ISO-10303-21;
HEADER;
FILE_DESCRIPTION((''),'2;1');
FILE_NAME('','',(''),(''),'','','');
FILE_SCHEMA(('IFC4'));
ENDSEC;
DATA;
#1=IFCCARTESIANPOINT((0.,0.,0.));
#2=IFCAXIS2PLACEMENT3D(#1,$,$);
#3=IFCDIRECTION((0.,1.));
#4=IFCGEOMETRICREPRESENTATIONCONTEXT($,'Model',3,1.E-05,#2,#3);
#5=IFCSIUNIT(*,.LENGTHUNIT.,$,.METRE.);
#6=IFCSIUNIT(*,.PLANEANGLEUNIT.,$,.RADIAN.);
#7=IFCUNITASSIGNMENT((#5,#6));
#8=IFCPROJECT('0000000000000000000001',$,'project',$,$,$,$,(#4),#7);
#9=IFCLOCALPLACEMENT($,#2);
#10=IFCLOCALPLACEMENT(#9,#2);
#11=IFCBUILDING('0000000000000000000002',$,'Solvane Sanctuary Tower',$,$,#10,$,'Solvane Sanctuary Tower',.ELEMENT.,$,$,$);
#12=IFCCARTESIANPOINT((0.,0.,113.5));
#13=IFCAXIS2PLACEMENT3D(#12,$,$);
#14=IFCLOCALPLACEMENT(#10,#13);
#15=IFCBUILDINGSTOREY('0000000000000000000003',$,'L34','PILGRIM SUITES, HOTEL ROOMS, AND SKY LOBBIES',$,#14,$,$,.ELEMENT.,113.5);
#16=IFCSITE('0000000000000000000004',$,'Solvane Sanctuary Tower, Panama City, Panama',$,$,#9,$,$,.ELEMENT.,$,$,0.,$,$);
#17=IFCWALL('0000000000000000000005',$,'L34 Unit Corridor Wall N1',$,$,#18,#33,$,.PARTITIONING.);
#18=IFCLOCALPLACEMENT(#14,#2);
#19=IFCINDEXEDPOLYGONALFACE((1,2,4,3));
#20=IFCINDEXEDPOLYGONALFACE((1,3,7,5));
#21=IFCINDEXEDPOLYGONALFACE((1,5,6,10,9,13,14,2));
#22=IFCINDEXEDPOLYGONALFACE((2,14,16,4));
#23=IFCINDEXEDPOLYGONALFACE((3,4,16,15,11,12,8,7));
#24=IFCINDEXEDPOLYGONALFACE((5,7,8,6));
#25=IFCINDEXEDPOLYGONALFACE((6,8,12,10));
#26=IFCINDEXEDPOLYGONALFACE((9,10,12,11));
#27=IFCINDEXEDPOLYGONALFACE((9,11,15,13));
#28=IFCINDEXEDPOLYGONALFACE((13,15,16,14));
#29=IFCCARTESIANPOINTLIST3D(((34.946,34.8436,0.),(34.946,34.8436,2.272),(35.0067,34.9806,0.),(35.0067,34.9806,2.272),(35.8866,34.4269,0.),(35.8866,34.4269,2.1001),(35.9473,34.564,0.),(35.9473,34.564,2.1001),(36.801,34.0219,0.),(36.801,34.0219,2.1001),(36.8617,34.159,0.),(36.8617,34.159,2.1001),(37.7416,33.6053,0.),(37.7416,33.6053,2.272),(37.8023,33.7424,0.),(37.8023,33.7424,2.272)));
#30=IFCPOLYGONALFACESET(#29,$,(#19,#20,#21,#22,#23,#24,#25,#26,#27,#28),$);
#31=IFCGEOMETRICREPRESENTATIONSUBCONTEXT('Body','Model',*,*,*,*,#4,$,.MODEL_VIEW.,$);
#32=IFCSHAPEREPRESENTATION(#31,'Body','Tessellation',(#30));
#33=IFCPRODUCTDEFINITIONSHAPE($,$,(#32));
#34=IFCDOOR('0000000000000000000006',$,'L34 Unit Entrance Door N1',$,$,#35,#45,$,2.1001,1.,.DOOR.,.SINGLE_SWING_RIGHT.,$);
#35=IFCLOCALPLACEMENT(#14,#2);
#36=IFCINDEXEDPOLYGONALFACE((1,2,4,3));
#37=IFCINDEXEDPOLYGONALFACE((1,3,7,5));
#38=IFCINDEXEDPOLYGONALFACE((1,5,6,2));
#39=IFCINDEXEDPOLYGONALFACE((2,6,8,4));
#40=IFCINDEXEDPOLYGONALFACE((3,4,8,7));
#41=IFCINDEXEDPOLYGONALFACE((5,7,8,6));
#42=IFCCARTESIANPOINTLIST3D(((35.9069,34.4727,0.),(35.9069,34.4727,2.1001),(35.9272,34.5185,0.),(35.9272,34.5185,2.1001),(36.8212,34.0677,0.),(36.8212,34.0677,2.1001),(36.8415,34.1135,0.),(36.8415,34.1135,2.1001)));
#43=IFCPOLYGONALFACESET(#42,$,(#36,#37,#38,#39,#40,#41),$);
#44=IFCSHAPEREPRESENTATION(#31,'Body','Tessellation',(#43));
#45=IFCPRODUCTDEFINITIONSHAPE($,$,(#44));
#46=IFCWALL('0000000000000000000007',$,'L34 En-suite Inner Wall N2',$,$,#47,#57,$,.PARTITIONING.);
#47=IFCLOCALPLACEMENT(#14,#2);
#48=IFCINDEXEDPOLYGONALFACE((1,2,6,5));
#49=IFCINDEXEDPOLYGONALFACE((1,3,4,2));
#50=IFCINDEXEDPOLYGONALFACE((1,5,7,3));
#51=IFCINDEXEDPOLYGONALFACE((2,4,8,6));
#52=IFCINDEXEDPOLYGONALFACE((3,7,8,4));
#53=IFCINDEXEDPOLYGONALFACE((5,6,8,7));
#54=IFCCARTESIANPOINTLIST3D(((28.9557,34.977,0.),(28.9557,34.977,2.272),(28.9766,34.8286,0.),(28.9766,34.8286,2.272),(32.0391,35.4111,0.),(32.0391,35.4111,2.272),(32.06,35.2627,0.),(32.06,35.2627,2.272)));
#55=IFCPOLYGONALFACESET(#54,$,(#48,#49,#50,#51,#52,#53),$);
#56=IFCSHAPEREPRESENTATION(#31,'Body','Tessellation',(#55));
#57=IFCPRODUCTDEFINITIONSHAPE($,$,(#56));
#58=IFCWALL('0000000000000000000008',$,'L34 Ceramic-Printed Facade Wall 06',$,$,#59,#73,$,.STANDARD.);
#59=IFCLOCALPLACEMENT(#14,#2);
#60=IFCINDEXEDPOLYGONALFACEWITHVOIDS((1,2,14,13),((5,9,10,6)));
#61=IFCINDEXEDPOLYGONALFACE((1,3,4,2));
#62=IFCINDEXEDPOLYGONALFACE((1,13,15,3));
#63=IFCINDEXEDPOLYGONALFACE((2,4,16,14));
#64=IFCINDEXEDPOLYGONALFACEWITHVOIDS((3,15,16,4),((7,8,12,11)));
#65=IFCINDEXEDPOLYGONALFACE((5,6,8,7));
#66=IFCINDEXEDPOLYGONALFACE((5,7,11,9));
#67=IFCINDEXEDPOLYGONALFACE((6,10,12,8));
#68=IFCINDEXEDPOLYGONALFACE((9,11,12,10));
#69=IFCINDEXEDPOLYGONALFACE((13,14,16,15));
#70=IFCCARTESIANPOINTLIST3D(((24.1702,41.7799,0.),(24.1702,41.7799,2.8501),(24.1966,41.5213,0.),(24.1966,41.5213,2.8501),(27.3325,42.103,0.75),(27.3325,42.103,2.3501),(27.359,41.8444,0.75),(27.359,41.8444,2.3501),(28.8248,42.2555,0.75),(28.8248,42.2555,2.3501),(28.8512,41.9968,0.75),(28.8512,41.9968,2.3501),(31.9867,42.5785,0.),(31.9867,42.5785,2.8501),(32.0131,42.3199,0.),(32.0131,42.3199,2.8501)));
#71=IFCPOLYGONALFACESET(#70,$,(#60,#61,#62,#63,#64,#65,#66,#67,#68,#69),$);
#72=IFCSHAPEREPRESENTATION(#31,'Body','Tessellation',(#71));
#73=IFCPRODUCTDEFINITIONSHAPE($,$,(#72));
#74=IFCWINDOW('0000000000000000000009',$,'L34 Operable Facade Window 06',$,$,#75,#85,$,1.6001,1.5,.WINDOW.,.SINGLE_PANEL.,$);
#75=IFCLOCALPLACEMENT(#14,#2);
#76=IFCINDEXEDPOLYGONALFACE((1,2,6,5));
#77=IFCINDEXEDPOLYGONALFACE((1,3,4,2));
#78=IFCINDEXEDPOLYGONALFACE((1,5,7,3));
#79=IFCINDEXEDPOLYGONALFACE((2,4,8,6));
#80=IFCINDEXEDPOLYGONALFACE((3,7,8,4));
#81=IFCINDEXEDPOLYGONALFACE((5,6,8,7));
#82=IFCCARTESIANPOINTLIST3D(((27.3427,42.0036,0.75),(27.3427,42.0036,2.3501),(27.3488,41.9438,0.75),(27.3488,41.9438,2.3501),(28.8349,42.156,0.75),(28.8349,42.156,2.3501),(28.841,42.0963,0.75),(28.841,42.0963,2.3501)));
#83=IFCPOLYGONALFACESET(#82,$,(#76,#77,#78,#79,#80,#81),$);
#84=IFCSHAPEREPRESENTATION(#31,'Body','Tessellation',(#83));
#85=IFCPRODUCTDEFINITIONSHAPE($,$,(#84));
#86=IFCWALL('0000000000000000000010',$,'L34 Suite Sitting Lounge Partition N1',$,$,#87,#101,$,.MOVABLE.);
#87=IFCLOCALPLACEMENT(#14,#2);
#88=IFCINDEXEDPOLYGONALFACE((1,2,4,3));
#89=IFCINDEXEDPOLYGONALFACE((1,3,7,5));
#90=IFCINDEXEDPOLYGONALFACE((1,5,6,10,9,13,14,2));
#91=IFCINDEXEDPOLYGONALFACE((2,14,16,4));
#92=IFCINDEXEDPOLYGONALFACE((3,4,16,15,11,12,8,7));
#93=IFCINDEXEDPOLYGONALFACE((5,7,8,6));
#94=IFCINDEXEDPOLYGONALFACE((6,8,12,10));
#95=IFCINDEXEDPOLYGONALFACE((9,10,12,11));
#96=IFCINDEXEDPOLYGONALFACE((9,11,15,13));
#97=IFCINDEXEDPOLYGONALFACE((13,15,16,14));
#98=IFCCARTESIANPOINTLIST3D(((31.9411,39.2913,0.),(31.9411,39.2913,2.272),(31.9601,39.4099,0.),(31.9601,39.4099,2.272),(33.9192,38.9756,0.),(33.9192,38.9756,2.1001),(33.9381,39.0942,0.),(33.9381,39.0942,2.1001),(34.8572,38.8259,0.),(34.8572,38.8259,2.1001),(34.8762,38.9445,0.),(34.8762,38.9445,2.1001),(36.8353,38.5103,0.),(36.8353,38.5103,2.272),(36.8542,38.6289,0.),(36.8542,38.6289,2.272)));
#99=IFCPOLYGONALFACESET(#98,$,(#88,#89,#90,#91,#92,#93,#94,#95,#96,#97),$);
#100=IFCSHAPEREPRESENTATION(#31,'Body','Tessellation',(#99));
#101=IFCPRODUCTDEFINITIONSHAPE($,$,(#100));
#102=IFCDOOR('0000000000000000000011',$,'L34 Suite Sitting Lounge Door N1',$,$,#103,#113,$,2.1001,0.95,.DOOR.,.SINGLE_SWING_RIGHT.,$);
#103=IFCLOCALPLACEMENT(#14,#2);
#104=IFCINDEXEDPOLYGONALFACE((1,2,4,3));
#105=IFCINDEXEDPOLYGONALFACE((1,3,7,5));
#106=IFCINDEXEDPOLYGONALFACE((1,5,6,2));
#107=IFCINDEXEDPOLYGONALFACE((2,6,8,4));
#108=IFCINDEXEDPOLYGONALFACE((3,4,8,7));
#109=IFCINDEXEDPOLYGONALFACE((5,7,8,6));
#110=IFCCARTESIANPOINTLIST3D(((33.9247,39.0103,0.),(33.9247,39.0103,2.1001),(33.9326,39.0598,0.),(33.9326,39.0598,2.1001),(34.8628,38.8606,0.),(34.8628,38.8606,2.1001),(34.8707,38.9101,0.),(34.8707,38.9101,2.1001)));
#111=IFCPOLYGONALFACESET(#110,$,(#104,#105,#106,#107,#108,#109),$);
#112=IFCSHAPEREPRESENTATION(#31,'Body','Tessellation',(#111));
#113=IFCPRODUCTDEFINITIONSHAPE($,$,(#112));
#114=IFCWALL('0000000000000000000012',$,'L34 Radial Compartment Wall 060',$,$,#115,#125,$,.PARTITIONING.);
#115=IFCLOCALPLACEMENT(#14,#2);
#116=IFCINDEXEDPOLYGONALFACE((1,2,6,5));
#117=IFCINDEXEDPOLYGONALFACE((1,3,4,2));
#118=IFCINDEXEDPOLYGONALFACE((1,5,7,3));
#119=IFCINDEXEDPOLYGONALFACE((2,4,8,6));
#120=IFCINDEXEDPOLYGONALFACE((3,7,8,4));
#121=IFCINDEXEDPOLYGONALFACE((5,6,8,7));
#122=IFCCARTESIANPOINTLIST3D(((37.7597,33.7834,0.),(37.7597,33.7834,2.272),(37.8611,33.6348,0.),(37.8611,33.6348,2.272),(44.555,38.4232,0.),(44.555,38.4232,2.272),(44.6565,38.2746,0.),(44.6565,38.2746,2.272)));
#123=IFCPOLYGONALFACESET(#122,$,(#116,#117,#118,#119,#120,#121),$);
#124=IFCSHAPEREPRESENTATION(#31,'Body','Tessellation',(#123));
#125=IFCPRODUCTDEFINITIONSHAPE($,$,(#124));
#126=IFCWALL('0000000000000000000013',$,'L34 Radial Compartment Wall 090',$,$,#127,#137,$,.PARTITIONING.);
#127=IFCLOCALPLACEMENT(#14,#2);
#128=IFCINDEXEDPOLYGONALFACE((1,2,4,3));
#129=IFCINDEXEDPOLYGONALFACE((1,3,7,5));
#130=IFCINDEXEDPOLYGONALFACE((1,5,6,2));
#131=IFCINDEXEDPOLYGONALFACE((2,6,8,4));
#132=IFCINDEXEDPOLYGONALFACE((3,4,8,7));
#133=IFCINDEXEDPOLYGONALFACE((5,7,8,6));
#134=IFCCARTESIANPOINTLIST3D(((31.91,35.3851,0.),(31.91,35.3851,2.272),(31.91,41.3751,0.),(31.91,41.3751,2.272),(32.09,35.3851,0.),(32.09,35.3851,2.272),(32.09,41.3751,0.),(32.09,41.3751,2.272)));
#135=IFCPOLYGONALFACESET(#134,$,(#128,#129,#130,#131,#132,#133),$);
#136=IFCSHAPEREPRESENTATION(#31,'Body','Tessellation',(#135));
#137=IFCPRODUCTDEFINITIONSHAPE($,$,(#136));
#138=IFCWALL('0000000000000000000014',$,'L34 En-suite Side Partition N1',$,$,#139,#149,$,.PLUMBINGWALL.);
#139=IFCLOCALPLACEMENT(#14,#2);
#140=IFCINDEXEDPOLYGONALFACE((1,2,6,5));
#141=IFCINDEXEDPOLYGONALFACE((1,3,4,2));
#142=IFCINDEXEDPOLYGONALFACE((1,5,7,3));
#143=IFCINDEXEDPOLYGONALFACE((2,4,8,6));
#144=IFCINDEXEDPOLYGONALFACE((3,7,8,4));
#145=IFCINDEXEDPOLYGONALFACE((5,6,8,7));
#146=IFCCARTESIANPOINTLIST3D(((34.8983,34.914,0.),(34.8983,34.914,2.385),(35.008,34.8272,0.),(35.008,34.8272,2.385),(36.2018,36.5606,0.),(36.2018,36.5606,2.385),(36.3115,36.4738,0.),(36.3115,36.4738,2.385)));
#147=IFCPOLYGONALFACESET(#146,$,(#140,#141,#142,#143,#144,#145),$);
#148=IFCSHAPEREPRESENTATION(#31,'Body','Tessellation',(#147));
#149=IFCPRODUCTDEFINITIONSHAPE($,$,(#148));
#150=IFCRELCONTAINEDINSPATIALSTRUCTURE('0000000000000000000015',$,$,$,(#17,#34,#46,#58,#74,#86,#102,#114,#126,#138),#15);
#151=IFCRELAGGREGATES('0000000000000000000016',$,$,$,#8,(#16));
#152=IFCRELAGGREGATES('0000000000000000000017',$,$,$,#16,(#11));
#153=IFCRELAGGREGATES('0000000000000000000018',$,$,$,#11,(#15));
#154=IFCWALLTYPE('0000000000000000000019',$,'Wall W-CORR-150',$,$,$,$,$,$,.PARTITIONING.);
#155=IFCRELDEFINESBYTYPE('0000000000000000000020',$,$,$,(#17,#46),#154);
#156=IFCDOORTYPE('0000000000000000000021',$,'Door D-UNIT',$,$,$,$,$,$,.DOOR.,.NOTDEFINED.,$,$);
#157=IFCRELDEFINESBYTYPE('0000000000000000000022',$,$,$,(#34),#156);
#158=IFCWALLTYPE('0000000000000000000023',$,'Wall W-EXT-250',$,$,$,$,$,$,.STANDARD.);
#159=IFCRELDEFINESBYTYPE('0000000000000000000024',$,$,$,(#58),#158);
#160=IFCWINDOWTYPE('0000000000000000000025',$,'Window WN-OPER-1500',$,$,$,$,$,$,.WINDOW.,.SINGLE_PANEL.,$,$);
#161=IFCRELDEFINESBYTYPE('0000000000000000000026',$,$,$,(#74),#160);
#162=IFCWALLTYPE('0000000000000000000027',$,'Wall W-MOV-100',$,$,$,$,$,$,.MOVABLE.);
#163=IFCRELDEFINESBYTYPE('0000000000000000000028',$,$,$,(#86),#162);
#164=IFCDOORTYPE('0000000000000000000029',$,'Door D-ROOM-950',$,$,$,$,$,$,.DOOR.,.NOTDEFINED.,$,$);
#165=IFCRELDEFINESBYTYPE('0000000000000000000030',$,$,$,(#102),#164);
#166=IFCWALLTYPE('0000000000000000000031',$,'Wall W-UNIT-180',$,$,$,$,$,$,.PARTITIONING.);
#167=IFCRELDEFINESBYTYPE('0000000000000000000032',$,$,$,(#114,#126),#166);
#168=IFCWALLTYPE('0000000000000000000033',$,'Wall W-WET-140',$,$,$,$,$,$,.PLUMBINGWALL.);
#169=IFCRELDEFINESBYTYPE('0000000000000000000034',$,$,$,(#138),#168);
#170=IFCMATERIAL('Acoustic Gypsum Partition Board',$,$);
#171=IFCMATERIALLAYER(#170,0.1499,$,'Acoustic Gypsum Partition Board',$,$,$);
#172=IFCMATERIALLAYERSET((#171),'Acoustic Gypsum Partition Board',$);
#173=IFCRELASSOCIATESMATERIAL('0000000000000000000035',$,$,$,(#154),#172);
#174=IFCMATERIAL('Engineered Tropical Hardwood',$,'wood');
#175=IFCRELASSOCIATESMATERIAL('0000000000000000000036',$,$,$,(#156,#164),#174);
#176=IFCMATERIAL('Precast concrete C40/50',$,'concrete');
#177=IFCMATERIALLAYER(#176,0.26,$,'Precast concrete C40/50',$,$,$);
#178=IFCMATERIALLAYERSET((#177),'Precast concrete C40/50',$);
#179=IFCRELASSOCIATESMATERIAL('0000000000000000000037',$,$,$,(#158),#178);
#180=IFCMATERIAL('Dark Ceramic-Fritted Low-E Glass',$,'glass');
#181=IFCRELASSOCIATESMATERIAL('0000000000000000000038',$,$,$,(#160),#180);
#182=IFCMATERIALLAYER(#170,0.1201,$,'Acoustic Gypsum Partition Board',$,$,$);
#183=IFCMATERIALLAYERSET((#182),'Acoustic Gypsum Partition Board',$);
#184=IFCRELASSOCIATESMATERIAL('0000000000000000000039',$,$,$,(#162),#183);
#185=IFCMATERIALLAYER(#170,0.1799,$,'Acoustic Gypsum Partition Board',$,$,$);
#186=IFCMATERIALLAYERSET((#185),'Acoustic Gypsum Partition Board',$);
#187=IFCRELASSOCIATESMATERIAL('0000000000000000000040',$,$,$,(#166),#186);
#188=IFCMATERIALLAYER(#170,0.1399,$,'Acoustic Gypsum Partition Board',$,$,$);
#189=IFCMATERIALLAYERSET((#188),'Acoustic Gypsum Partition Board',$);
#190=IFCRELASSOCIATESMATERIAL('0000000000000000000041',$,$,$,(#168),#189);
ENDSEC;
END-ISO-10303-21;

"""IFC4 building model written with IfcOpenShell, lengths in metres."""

from ifc_helpers import new_model, si_unit, direction, frame, frame_2d, origin, place, context, subcontext, project, spatial, rectangle, extrude, material, layer, layer_set, type_object, element, fill, save


model = new_model("IFC4")

# Units and contexts
model_context = context("Model", 3, precision=1e-05, world=origin(), true_north=direction((0.0, 1.0)))
body_context = subcontext(model_context, "Body", "Model", "MODEL_VIEW")
ifc_project = project(units=[si_unit("LENGTHUNIT", "METRE"), si_unit("PLANEANGLEUNIT", "RADIAN")], contexts=[model_context])

# Site, building, storey
site_placement = place(None, origin())
site = spatial("IfcSite", under=ifc_project, at=site_placement, Name="Solvane Sanctuary Tower, Panama City, Panama", CompositionType="ELEMENT", RefElevation=0.0)
building_placement = place(site_placement, origin())
building = spatial("IfcBuilding", under=site, at=building_placement, Name="Solvane Sanctuary Tower", LongName="Solvane Sanctuary Tower", CompositionType="ELEMENT")
storey_placement = place(building_placement, frame((0.0, 0.0, 113.5)))
storey = spatial("IfcBuildingStorey", under=building, at=storey_placement, Name="L34", Description="PILGRIM SUITES, HOTEL ROOMS, AND SKY LOBBIES", CompositionType="ELEMENT", Elevation=113.5)

# Shared definitions
ifc_material_1 = material(Name="Acoustic Gypsum Partition Board")
ifc_layer_1 = layer(ifc_material_1, 0.1499, Name="Acoustic Gypsum Partition Board")
ifc_layer_set_1 = layer_set([ifc_layer_1], Name="Acoustic Gypsum Partition Board")
wall_type_1 = type_object("IfcWallType", Name="Wall W-CORR-150", PredefinedType="PARTITIONING", material=ifc_layer_set_1)

# Shared definitions
ifc_material_2 = material(Name="Engineered Tropical Hardwood", Category="wood")

# Wall, opening, door
wall_1_placement = place(storey_placement, frame((37.772, 33.6738, 0.0), z_axis=(0.0, 0.0, 1.0), x_axis=(-0.914324, 0.404982, 0.0)))
wall_1 = element("IfcWall", 1, at=wall_1_placement, inside=storey, type_object=wall_type_1, Name="L34 Unit Corridor Wall N1", PredefinedType="PARTITIONING", context=body_context, shape_type="SweptSolid", body=[
    extrude(rectangle(XDim=3.0576, YDim=0.1499, at=frame_2d((1.5288, 0.0))), origin(), (0.0, 0.0, 1.0), 2.272),
])
opening_1_placement = place(wall_1_placement, frame((1.0288, 0.0, 0.0)))
opening_1 = element("IfcOpeningElement", 2, at=opening_1_placement, cuts=wall_1, PredefinedType="OPENING", context=body_context, shape_type="SweptSolid", body=[
    extrude(rectangle(XDim=1.0, YDim=2.1001, at=frame_2d((0.5, 1.05))), frame((0.0, 0.085, 0.0), z_axis=(0.0, -1.0, 0.0), x_axis=(1.0, 0.0, 0.0)), (0.0, 0.0, 1.0), 0.1699),
])
door_type_1 = type_object("IfcDoorType", Name="Door D-UNIT", OperationType="NOTDEFINED", PredefinedType="DOOR", material=ifc_material_2)
door_1_placement = place(opening_1_placement, origin())
door_1 = element("IfcDoor", 3, at=door_1_placement, inside=storey, type_object=door_type_1, Name="L34 Unit Entrance Door N1", OperationType="SINGLE_SWING_RIGHT", OverallHeight=2.1001, OverallWidth=1.0, PredefinedType="DOOR", context=body_context, shape_type="SweptSolid", body=[
    extrude(rectangle(XDim=1.0, YDim=2.1001, at=frame_2d((0.5, 1.05))), frame((0.0, 0.0249, 0.0), z_axis=(0.0, -1.0, 0.0), x_axis=(1.0, 0.0, 0.0)), (0.0, 0.0, 1.0), 0.05),
])
fill(opening_1, door_1)

# Wall
wall_2_placement = place(storey_placement, frame((32.0496, 35.3369, 0.0), z_axis=(0.0, 0.0, 1.0), x_axis=(-0.990234, -0.139412, 0.0)))
element("IfcWall", 4, at=wall_2_placement, inside=storey, type_object=wall_type_1, Name="L34 En-suite Inner Wall N2", PredefinedType="PARTITIONING", context=body_context, shape_type="SweptSolid", body=[
    extrude(rectangle(XDim=3.1138, YDim=0.1499, at=frame_2d((1.5569, 0.0))), origin(), (0.0, 0.0, 1.0), 2.272),
])

# Wall, opening, window
ifc_material_3 = material(Name="Precast concrete C40/50", Category="concrete")
ifc_layer_2 = layer(ifc_material_3, 0.26, Name="Precast concrete C40/50")
ifc_layer_set_2 = layer_set([ifc_layer_2], Name="Precast concrete C40/50")
wall_type_2 = type_object("IfcWallType", Name="Wall W-EXT-250", PredefinedType="STANDARD", material=ifc_layer_set_2)
wall_3_placement = place(storey_placement, frame((32.0, 42.4492, 0.0), z_axis=(0.0, 0.0, 1.0), x_axis=(-0.994821, -0.101639, 0.0)))
wall_3 = element("IfcWall", 5, at=wall_3_placement, inside=storey, type_object=wall_type_2, Name="L34 Ceramic-Printed Facade Wall 06", PredefinedType="STANDARD", context=body_context, shape_type="SweptSolid", body=[
    extrude(rectangle(XDim=7.8572, YDim=0.26, at=frame_2d((3.9287, 0.0))), origin(), (0.0, 0.0, 1.0), 2.8501),
])
opening_2_placement = place(wall_3_placement, frame((3.1785, 0.0, 0.75)))
opening_2 = element("IfcOpeningElement", 6, at=opening_2_placement, cuts=wall_3, PredefinedType="OPENING", context=body_context, shape_type="SweptSolid", body=[
    extrude(rectangle(XDim=1.5, YDim=1.6001, at=frame_2d((0.75, 0.8))), frame((0.0, 0.1399, 0.0), z_axis=(0.0, -1.0, 0.0), x_axis=(1.0, 0.0, 0.0)), (0.0, 0.0, 1.0), 0.28),
])
ifc_material_4 = material(Name="Dark Ceramic-Fritted Low-E Glass", Category="glass")
window_type = type_object("IfcWindowType", Name="Window WN-OPER-1500", PartitioningType="SINGLE_PANEL", PredefinedType="WINDOW", material=ifc_material_4)
window_placement = place(opening_2_placement, origin())
window = element("IfcWindow", 7, at=window_placement, inside=storey, type_object=window_type, Name="L34 Operable Facade Window 06", OverallHeight=1.6001, OverallWidth=1.5, PartitioningType="SINGLE_PANEL", PredefinedType="WINDOW", context=body_context, shape_type="SweptSolid", body=[
    extrude(rectangle(XDim=1.5, YDim=1.6001, at=frame_2d((0.75, 0.8))), frame((0.0, 0.03, 0.0), z_axis=(0.0, -1.0, 0.0), x_axis=(1.0, 0.0, 0.0)), (0.0, 0.0, 1.0), 0.0601),
])
fill(opening_2, window)

# Wall, opening, door
ifc_layer_3 = layer(ifc_material_1, 0.1201, Name="Acoustic Gypsum Partition Board")
ifc_layer_set_3 = layer_set([ifc_layer_3], Name="Acoustic Gypsum Partition Board")
wall_type_3 = type_object("IfcWallType", Name="Wall W-MOV-100", PredefinedType="MOVABLE", material=ifc_layer_set_3)
wall_4_placement = place(storey_placement, frame((36.8447, 38.5696, 0.0), z_axis=(0.0, 0.0, 1.0), x_axis=(-0.987505, 0.157589, 0.0)))
wall_4 = element("IfcWall", 8, at=wall_4_placement, inside=storey, type_object=wall_type_3, Name="L34 Suite Sitting Lounge Partition N1", PredefinedType="MOVABLE", context=body_context, shape_type="SweptSolid", body=[
    extrude(rectangle(XDim=4.9561, YDim=0.1201, at=frame_2d((2.478, 0.0))), origin(), (0.0, 0.0, 1.0), 2.272),
])
opening_3_placement = place(wall_4_placement, frame((2.0029, 0.0, 0.0)))
opening_3 = element("IfcOpeningElement", 9, at=opening_3_placement, cuts=wall_4, PredefinedType="OPENING", context=body_context, shape_type="SweptSolid", body=[
    extrude(rectangle(XDim=0.95, YDim=2.1001, at=frame_2d((0.4751, 1.05))), frame((0.0, 0.0701, 0.0), z_axis=(0.0, -1.0, 0.0), x_axis=(1.0, 0.0, 0.0)), (0.0, 0.0, 1.0), 0.1401),
])
door_type_2 = type_object("IfcDoorType", Name="Door D-ROOM-950", OperationType="NOTDEFINED", PredefinedType="DOOR", material=ifc_material_2)
door_2_placement = place(opening_3_placement, origin())
door_2 = element("IfcDoor", 10, at=door_2_placement, inside=storey, type_object=door_type_2, Name="L34 Suite Sitting Lounge Door N1", OperationType="SINGLE_SWING_RIGHT", OverallHeight=2.1001, OverallWidth=0.95, PredefinedType="DOOR", context=body_context, shape_type="SweptSolid", body=[
    extrude(rectangle(XDim=0.95, YDim=2.1001, at=frame_2d((0.4751, 1.05))), frame((0.0, 0.0249, 0.0), z_axis=(0.0, -1.0, 0.0), x_axis=(1.0, 0.0, 0.0)), (0.0, 0.0, 1.0), 0.05),
])
fill(opening_3, door_2)

# Walls
ifc_layer_4 = layer(ifc_material_1, 0.1799, Name="Acoustic Gypsum Partition Board")
ifc_layer_set_4 = layer_set([ifc_layer_4], Name="Acoustic Gypsum Partition Board")
wall_type_4 = type_object("IfcWallType", Name="Wall W-UNIT-180", PredefinedType="PARTITIONING", material=ifc_layer_set_4)
wall_5_placement = place(storey_placement, frame((37.8103, 33.709, 0.0), z_axis=(0.0, 0.0, 1.0), x_axis=(0.825851, 0.563889, 0.0)))
element("IfcWall", 11, at=wall_5_placement, inside=storey, type_object=wall_type_4, Name="L34 Radial Compartment Wall 060", PredefinedType="PARTITIONING", context=body_context, shape_type="SweptSolid", body=[
    extrude(rectangle(XDim=8.2283, YDim=0.1799, at=frame_2d((4.1143, 0.0))), origin(), (0.0, 0.0, 1.0), 2.272),
])
wall_6_placement = place(storey_placement, frame((32.0, 35.385, 0.0), z_axis=(0.0, 0.0, 1.0), x_axis=(0.0, 1.0, 0.0)))
element("IfcWall", 12, at=wall_6_placement, inside=storey, type_object=wall_type_4, Name="L34 Radial Compartment Wall 090", PredefinedType="PARTITIONING", context=body_context, shape_type="SweptSolid", body=[
    extrude(rectangle(XDim=5.99, YDim=0.1799, at=frame_2d((2.9951, 0.0))), origin(), (0.0, 0.0, 1.0), 2.272),
])
ifc_layer_5 = layer(ifc_material_1, 0.1399, Name="Acoustic Gypsum Partition Board")
ifc_layer_set_5 = layer_set([ifc_layer_5], Name="Acoustic Gypsum Partition Board")
wall_type_5 = type_object("IfcWallType", Name="Wall W-WET-140", PredefinedType="PLUMBINGWALL", material=ifc_layer_set_5)
wall_7_placement = place(storey_placement, frame((34.9531, 34.8706, 0.0), z_axis=(0.0, 0.0, 1.0), x_axis=(0.620703, 0.784046, 0.0)))
element("IfcWall", 13, at=wall_7_placement, inside=storey, type_object=wall_type_5, Name="L34 En-suite Side Partition N1", PredefinedType="PLUMBINGWALL", context=body_context, shape_type="SweptSolid", body=[
    extrude(rectangle(XDim=2.1001, YDim=0.1399, at=frame_2d((1.05, 0.0))), origin(), (0.0, 0.0, 1.0), 2.385),
])

save(model, "model.ifc")
